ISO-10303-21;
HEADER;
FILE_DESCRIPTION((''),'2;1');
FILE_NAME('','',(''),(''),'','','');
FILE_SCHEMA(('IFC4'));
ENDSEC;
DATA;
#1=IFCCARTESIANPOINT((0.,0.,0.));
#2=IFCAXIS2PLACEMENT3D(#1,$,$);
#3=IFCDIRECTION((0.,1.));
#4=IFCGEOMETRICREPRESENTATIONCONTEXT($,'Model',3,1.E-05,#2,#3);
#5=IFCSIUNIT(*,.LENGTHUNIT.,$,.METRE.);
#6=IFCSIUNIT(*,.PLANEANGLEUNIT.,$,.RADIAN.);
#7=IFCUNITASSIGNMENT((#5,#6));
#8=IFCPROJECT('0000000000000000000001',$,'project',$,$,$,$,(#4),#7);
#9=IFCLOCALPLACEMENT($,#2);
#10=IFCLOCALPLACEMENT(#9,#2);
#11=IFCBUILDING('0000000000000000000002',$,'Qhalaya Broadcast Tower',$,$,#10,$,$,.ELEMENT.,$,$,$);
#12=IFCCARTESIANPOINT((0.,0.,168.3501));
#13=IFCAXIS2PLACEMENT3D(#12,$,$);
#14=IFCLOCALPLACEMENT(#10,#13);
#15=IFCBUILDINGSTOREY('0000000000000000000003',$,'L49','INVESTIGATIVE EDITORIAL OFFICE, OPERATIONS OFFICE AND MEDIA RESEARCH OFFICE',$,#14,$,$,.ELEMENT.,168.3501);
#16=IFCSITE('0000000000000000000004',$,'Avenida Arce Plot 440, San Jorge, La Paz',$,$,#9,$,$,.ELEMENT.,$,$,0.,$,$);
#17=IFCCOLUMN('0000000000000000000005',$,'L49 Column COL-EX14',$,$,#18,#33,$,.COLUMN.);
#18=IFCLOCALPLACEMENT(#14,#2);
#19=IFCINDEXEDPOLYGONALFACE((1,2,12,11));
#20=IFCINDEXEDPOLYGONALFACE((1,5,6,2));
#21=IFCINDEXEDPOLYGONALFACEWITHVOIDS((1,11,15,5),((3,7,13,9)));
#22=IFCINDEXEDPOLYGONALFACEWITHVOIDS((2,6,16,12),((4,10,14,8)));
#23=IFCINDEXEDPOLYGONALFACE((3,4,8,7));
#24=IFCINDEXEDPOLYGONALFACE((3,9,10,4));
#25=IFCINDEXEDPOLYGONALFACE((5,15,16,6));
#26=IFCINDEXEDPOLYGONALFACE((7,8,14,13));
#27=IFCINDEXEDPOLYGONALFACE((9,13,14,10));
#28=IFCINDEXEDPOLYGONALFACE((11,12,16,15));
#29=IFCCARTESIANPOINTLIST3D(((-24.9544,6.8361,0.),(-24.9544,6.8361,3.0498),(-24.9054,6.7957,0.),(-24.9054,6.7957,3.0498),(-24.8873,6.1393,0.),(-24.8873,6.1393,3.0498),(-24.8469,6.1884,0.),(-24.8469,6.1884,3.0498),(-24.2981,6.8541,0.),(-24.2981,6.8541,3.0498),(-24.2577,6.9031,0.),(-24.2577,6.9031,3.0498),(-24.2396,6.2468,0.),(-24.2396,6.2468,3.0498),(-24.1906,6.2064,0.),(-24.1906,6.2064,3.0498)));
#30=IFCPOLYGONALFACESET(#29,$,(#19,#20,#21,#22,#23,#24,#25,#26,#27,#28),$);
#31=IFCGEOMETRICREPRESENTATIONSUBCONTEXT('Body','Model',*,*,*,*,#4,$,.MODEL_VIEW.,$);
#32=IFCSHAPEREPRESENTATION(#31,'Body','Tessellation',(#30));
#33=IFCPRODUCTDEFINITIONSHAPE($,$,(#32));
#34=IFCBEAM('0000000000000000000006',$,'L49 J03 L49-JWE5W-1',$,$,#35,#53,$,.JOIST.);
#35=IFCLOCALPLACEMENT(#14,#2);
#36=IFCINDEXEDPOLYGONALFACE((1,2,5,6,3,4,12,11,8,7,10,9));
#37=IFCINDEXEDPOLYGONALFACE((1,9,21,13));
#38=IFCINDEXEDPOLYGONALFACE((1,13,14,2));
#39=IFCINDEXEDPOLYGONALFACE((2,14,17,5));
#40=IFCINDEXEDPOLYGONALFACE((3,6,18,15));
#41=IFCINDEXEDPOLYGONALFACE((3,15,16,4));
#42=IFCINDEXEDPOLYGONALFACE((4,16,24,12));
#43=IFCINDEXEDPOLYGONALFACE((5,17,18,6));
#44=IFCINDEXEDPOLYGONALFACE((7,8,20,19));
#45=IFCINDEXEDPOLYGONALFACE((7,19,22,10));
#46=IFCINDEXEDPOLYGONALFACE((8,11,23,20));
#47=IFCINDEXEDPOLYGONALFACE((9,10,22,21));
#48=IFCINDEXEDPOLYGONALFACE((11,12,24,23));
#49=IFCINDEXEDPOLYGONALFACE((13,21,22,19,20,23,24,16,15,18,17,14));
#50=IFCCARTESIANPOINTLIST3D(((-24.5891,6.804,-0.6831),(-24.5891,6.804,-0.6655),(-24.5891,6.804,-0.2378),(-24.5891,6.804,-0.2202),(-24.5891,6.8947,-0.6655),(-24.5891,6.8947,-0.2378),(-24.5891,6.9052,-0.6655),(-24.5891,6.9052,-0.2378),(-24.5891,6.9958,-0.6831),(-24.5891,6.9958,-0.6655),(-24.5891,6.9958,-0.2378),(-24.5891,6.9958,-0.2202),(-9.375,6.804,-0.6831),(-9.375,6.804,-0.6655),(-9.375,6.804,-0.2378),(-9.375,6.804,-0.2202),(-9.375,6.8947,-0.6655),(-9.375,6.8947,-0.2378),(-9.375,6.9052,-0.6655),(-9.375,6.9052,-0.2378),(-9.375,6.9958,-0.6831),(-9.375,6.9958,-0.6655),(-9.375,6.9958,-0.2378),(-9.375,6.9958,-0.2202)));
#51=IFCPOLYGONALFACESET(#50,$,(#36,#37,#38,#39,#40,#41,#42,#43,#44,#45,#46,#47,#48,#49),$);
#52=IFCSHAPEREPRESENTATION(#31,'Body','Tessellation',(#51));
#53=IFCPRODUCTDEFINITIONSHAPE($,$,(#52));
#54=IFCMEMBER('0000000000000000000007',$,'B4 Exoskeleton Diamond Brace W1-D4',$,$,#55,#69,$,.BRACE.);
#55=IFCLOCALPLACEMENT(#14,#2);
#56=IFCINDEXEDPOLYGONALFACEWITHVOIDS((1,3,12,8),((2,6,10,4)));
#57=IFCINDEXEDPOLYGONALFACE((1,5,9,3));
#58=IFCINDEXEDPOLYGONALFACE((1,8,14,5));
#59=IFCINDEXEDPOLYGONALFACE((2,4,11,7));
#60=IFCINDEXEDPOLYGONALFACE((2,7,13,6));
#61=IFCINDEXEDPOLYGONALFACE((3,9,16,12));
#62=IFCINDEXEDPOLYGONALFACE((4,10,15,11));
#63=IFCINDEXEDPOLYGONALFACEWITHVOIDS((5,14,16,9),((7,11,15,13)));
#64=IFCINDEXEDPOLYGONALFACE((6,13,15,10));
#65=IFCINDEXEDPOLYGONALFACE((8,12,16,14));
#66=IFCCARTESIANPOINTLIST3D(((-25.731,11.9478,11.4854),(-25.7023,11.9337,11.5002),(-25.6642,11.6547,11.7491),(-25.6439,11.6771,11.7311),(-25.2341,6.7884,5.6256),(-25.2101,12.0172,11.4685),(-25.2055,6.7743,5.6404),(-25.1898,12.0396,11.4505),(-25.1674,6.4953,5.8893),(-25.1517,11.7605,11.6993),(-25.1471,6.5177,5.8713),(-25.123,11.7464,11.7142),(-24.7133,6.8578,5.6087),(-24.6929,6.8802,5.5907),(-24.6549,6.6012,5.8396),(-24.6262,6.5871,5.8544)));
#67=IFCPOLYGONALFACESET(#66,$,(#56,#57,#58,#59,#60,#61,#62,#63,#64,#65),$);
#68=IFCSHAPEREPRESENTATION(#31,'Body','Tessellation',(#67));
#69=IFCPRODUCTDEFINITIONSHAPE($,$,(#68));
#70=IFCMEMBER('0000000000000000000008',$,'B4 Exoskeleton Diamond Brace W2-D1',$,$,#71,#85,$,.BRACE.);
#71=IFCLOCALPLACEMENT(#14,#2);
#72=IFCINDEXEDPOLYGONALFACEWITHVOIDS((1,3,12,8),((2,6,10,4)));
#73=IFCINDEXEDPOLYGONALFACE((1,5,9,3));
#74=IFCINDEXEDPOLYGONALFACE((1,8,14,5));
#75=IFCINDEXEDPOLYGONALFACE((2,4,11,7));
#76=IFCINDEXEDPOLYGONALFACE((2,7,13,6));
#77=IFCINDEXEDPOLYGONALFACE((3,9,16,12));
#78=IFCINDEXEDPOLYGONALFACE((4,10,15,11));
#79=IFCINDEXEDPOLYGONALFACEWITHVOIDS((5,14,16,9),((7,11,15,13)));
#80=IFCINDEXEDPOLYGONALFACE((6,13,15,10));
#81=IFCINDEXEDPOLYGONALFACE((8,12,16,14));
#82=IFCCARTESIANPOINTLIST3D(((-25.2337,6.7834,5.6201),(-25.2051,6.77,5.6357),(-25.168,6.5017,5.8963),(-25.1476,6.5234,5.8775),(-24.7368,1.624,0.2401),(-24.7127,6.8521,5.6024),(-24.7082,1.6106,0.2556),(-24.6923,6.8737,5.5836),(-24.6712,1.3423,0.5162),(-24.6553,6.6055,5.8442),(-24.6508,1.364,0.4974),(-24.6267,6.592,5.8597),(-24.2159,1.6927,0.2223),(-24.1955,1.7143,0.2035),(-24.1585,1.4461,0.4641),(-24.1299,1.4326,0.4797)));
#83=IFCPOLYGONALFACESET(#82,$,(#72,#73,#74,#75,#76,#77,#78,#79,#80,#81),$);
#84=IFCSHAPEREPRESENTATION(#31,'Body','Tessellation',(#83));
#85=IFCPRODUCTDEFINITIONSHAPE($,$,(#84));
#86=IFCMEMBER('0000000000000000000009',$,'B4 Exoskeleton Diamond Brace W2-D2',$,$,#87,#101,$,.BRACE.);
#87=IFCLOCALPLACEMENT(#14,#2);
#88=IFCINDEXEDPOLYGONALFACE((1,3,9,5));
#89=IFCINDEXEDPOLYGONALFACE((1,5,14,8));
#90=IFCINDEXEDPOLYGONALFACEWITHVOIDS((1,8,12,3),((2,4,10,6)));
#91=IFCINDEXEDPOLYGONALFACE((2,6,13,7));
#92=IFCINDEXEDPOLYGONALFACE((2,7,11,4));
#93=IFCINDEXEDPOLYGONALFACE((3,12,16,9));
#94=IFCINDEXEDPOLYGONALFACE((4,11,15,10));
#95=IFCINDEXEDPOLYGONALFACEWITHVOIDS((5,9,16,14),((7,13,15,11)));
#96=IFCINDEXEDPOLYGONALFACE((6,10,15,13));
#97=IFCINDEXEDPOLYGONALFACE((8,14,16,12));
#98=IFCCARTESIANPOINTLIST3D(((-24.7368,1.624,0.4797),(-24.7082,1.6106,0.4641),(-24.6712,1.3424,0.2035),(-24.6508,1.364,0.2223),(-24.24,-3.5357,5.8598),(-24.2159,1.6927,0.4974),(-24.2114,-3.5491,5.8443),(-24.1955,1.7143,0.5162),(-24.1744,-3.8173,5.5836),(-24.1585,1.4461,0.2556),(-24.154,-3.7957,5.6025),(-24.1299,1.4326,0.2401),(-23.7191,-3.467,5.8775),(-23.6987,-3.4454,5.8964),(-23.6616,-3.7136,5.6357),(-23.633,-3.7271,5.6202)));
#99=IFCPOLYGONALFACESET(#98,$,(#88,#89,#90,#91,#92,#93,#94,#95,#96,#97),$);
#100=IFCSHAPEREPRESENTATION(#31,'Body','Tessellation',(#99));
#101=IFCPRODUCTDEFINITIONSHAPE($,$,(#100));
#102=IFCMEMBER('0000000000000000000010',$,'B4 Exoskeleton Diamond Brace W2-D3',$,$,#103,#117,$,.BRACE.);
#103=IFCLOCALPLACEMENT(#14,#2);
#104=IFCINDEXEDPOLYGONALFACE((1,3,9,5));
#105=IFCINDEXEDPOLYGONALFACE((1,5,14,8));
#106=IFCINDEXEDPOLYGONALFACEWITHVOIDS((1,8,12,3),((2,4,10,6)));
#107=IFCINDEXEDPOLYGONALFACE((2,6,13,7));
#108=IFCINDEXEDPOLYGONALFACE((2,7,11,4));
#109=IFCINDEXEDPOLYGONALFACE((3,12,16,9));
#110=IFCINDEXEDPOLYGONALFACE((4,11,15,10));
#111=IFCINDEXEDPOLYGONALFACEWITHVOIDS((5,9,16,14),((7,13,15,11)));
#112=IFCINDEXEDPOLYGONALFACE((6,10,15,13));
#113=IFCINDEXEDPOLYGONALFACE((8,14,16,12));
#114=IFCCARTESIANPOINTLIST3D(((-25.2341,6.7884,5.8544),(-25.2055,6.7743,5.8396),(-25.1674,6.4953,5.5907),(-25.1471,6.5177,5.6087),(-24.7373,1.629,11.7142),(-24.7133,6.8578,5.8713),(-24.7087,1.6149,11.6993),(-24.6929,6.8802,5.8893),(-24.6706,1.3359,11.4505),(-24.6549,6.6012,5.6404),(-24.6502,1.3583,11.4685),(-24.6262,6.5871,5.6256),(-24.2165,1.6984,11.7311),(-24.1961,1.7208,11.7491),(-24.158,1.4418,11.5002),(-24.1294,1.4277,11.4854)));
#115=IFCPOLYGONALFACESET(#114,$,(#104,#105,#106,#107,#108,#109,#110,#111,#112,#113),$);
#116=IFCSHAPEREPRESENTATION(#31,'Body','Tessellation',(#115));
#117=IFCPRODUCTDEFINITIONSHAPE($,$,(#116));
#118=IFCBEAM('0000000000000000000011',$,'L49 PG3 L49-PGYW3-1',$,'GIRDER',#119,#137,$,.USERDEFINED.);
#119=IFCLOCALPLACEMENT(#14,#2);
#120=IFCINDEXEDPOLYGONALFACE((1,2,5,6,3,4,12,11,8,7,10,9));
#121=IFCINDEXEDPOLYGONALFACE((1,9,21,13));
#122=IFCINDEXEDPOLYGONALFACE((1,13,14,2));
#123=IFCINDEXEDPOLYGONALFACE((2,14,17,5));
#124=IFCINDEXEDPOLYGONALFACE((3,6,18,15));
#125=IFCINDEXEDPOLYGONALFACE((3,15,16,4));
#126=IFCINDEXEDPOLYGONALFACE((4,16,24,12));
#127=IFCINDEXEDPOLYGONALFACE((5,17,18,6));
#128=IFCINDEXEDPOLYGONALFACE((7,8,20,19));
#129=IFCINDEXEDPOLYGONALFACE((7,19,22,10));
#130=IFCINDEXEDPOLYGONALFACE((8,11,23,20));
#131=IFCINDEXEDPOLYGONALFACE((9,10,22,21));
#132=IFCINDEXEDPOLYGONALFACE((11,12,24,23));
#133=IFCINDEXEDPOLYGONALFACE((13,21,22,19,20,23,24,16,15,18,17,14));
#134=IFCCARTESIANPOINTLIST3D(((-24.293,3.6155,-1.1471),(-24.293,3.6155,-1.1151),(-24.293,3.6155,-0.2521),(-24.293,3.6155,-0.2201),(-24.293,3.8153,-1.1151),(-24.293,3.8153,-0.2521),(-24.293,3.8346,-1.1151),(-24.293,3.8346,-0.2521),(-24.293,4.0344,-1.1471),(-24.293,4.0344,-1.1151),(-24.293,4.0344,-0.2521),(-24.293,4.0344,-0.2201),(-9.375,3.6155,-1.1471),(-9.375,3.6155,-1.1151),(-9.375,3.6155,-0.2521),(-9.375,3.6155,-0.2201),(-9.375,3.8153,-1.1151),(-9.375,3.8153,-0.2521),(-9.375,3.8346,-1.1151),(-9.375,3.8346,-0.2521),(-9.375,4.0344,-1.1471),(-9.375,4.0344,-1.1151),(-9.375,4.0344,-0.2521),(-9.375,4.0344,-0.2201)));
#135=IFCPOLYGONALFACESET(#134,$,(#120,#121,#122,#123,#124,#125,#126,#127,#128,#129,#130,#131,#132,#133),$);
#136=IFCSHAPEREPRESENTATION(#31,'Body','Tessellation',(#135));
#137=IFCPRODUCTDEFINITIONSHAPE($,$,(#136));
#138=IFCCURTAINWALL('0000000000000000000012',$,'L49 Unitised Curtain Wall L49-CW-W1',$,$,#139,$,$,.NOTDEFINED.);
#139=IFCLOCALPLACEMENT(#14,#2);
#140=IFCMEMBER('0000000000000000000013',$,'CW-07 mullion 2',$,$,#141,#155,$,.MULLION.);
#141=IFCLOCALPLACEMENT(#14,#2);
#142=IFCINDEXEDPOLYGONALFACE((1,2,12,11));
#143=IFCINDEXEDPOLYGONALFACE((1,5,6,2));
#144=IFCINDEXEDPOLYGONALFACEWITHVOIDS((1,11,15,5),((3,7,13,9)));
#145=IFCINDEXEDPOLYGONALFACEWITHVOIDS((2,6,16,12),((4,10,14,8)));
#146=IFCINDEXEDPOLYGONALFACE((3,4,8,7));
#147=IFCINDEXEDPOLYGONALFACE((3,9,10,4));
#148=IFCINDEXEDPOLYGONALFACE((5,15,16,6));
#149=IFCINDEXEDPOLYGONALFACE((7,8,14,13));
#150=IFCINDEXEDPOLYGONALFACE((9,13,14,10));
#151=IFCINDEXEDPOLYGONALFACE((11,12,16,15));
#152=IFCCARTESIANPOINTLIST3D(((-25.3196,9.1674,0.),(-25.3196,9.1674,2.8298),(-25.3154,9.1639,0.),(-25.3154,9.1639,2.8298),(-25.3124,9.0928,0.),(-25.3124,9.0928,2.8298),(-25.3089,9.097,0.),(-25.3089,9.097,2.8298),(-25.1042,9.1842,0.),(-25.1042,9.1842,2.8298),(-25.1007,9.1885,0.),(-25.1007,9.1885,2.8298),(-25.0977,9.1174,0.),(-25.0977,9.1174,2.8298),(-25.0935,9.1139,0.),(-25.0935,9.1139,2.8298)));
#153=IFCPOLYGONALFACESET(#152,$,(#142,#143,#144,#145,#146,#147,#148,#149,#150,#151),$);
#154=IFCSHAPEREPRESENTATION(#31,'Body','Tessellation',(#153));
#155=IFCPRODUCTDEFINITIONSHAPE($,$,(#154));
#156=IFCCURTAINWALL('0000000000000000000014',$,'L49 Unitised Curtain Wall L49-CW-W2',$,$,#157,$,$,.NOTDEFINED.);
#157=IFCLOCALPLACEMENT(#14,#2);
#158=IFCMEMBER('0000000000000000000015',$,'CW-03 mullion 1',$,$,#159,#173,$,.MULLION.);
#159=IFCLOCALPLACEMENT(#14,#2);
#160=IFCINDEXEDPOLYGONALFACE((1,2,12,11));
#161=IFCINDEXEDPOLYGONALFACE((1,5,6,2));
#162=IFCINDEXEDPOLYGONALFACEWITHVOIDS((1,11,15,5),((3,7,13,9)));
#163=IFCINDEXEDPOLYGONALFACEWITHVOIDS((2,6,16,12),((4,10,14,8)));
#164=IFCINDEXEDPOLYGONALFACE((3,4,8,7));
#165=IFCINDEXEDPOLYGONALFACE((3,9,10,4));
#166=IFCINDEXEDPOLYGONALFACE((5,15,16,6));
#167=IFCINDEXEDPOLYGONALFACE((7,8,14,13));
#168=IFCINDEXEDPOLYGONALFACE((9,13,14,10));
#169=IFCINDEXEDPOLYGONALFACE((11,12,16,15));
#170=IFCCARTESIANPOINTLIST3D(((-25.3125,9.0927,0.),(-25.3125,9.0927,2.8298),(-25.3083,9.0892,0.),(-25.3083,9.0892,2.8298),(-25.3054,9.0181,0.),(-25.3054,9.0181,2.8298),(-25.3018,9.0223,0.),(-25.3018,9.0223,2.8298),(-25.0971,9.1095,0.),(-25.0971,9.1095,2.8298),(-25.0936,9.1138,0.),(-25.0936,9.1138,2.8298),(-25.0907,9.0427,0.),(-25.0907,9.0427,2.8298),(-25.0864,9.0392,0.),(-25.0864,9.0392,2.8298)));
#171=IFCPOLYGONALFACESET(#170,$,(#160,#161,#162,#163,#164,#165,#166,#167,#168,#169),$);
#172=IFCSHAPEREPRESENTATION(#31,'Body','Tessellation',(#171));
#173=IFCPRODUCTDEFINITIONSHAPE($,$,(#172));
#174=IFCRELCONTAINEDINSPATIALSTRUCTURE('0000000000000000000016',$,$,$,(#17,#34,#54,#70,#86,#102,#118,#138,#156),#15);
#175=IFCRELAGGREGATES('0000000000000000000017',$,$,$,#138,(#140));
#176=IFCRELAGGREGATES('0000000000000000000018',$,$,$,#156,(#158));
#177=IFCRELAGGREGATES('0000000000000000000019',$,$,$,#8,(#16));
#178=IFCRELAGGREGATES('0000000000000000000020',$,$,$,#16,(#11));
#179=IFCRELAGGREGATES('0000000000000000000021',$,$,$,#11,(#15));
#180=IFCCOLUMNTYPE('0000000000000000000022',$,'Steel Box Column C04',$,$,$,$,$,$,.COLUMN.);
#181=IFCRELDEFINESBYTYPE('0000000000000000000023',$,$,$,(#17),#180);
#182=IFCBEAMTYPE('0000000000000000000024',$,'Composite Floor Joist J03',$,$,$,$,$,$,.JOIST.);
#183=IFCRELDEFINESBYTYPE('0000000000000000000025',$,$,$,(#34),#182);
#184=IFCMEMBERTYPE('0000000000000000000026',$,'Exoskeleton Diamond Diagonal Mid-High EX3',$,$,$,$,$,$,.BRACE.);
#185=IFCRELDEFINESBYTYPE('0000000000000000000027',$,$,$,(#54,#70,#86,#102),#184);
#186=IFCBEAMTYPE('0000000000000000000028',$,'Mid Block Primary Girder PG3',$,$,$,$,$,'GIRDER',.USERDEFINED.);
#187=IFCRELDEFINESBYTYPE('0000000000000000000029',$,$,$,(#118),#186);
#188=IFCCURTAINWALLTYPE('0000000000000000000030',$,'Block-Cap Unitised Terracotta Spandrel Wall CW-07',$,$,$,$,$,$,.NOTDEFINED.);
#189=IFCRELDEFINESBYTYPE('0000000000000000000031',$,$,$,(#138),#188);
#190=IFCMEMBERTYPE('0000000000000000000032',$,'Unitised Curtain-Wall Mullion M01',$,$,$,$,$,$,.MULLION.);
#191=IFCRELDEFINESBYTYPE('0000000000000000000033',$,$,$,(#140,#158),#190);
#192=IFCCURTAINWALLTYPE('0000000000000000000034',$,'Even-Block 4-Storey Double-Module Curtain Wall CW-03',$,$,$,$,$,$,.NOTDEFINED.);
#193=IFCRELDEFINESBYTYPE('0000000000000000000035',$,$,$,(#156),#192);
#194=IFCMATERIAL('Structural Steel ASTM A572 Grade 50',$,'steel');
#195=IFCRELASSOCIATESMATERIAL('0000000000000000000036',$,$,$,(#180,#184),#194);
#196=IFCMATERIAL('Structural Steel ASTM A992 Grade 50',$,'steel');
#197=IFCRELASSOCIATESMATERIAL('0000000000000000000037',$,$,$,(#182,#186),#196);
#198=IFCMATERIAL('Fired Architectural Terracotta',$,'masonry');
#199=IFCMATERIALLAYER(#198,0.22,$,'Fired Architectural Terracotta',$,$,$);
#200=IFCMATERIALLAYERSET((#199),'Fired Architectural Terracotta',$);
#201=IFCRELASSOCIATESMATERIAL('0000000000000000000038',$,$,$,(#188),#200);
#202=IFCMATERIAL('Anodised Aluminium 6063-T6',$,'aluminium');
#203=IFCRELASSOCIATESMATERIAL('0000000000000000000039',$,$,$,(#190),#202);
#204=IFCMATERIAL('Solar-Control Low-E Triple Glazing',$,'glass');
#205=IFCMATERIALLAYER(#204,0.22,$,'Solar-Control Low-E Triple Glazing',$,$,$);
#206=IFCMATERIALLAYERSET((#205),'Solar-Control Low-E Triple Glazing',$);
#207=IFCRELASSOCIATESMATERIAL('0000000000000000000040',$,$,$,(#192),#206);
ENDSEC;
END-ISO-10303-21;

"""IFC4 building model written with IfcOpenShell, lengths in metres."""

from ifc_helpers import new_model, si_unit, direction, frame, origin, origin_2d, place, context, subcontext, project, spatial, hollow_rectangle, i_section, extrude, material, layer, layer_set, material_profile, profile_set, type_object, element, aggregate, save


model = new_model("IFC4")

# Units and contexts
model_context = context("Model", 3, precision=1e-05, world=origin(), true_north=direction((0.0, 1.0)))
body_context = subcontext(model_context, "Body", "Model", "MODEL_VIEW")
ifc_project = project(units=[si_unit("LENGTHUNIT", "METRE"), si_unit("PLANEANGLEUNIT", "RADIAN")], contexts=[model_context])

# Site, building, storey
site_placement = place(None, origin())
site = spatial("IfcSite", under=ifc_project, at=site_placement, Name="Avenida Arce Plot 440, San Jorge, La Paz", CompositionType="ELEMENT", RefElevation=0.0)
building_placement = place(site_placement, origin())
building = spatial("IfcBuilding", under=site, at=building_placement, Name="Qhalaya Broadcast Tower", CompositionType="ELEMENT")
storey_placement = place(building_placement, frame((0.0, 0.0, 168.3501)))
storey = spatial("IfcBuildingStorey", under=building, at=storey_placement, Name="L49", Description="INVESTIGATIVE EDITORIAL OFFICE, OPERATIONS OFFICE AND MEDIA RESEARCH OFFICE", CompositionType="ELEMENT", Elevation=168.3501)

# Column
ifc_material_1 = material(Name="Structural Steel ASTM A572 Grade 50", Category="steel")
ifc_material_profile_1 = material_profile(ifc_material_1, hollow_rectangle(XDim=0.7, YDim=0.7, WallThickness=0.0449, at=origin_2d()), Name="BOX 700x700x45")
ifc_profile_set_1 = profile_set([ifc_material_profile_1], Name="Structural Steel ASTM A572 Grade 50")
column_type = type_object("IfcColumnType", Name="Steel Box Column C04", PredefinedType="COLUMN", material=ifc_profile_set_1)
column_placement = place(storey_placement, frame((-24.5725, 6.5212, 0.0), z_axis=(0.0, 0.0, 1.0), x_axis=(-0.095846, 0.995396, 0.0)))
element("IfcColumn", 1, at=column_placement, inside=storey, type_object=column_type, Name="L49 Column COL-EX14", PredefinedType="COLUMN", context=body_context, shape_type="SweptSolid", body=[
    extrude(hollow_rectangle(XDim=0.7, YDim=0.7, WallThickness=0.0449, at=origin_2d()), origin(), (0.0, 0.0, 1.0), 3.0498),
])

# Beam
ifc_material_2 = material(Name="Structural Steel ASTM A992 Grade 50", Category="steel")
ifc_material_profile_2 = material_profile(ifc_material_2, i_section(OverallWidth=0.1919, OverallDepth=0.4629, WebThickness=0.0105, FlangeThickness=0.0176, at=origin_2d()), Name="W18X60")
ifc_profile_set_2 = profile_set([ifc_material_profile_2], Name="Structural Steel ASTM A992 Grade 50")
beam_type_1 = type_object("IfcBeamType", Name="Composite Floor Joist J03", PredefinedType="JOIST", material=ifc_profile_set_2)
beam_1_placement = place(storey_placement, frame((-24.5891, 6.8999, -0.4517), z_axis=(1.0, 0.0, 0.0), x_axis=(0.0, 1.0, 0.0)))
element("IfcBeam", 2, at=beam_1_placement, inside=storey, type_object=beam_type_1, Name="L49 J03 L49-JWE5W-1", PredefinedType="JOIST", context=body_context, shape_type="SweptSolid", body=[
    extrude(i_section(OverallWidth=0.1919, OverallDepth=0.4629, WebThickness=0.0105, FlangeThickness=0.0176, at=origin_2d()), origin(), (0.0, 0.0, 1.0), 15.2141),
])

# Members
ifc_material_profile_3 = material_profile(ifc_material_1, hollow_rectangle(XDim=0.3999, YDim=0.55, WallThickness=0.0249, at=origin_2d()), Name="BOX 400x550x25")
ifc_profile_set_3 = profile_set([ifc_material_profile_3], Name="Structural Steel ASTM A572 Grade 50")
member_type_1 = type_object("IfcMemberType", Name="Exoskeleton Diamond Diagonal Mid-High EX3", PredefinedType="BRACE", material=ifc_profile_set_3)
member_1_placement = place(storey_placement, frame((-24.9302, 6.6877, 5.74), z_axis=(-0.063506, 0.659492, 0.749024), x_axis=(0.166869, -0.732956, 0.659492)))
element("IfcMember", 3, at=member_1_placement, inside=storey, type_object=member_type_1, Name="B4 Exoskeleton Diamond Brace W1-D4", PredefinedType="BRACE", context=body_context, shape_type="SweptSolid", body=[
    extrude(hollow_rectangle(XDim=0.3999, YDim=0.55, WallThickness=0.0249, at=origin_2d()), origin(), (0.0, 0.0, 1.0), 7.8232),
])
member_2_placement = place(storey_placement, frame((-24.4333, 1.5283, 0.3599), z_axis=(-0.066503, 0.690616, 0.720158), x_axis=(0.164115, -0.704355, 0.690616)))
element("IfcMember", 4, at=member_2_placement, inside=storey, type_object=member_type_1, Name="B4 Exoskeleton Diamond Brace W2-D1", PredefinedType="BRACE", context=body_context, shape_type="SweptSolid", body=[
    extrude(hollow_rectangle(XDim=0.3999, YDim=0.55, WallThickness=0.0249, at=origin_2d()), origin(), (0.0, 0.0, 1.0), 7.4707),
])
member_3_placement = place(storey_placement, frame((-24.4333, 1.5283, 0.3599), z_axis=(0.066501, -0.690633, 0.720142), x_axis=(-0.16411, 0.70434, 0.690633)))
element("IfcMember", 5, at=member_3_placement, inside=storey, type_object=member_type_1, Name="B4 Exoskeleton Diamond Brace W2-D2", PredefinedType="BRACE", context=body_context, shape_type="SweptSolid", body=[
    extrude(hollow_rectangle(XDim=0.3999, YDim=0.55, WallThickness=0.0249, at=origin_2d()), origin(), (0.0, 0.0, 1.0), 7.4709),
])
member_4_placement = place(storey_placement, frame((-24.9302, 6.6877, 5.74), z_axis=(0.063506, -0.659492, 0.749024), x_axis=(-0.166869, 0.732956, 0.659492)))
element("IfcMember", 6, at=member_4_placement, inside=storey, type_object=member_type_1, Name="B4 Exoskeleton Diamond Brace W2-D3", PredefinedType="BRACE", context=body_context, shape_type="SweptSolid", body=[
    extrude(hollow_rectangle(XDim=0.3999, YDim=0.55, WallThickness=0.0249, at=origin_2d()), origin(), (0.0, 0.0, 1.0), 7.8232),
])

# Beam
ifc_material_profile_4 = material_profile(ifc_material_2, i_section(OverallWidth=0.4189, OverallDepth=0.927, WebThickness=0.0193, FlangeThickness=0.032, at=origin_2d()), Name="W36X231")
ifc_profile_set_4 = profile_set([ifc_material_profile_4], Name="Structural Steel ASTM A992 Grade 50")
beam_type_2 = type_object("IfcBeamType", Name="Mid Block Primary Girder PG3", ElementType="GIRDER", PredefinedType="USERDEFINED", material=ifc_profile_set_4)
beam_2_placement = place(storey_placement, frame((-24.293, 3.825, -0.6836), z_axis=(1.0, 0.0, 0.0), x_axis=(0.0, 1.0, 0.0)))
element("IfcBeam", 7, at=beam_2_placement, inside=storey, type_object=beam_type_2, Name="L49 PG3 L49-PGYW3-1", ObjectType="GIRDER", PredefinedType="USERDEFINED", context=body_context, shape_type="SweptSolid", body=[
    extrude(i_section(OverallWidth=0.4189, OverallDepth=0.927, WebThickness=0.0193, FlangeThickness=0.032, at=origin_2d()), origin(), (0.0, 0.0, 1.0), 14.918),
])

# Curtain wall, member
ifc_material_3 = material(Name="Fired Architectural Terracotta", Category="masonry")
ifc_layer_1 = layer(ifc_material_3, 0.22, Name="Fired Architectural Terracotta")
ifc_layer_set_1 = layer_set([ifc_layer_1], Name="Fired Architectural Terracotta")
curtain_wall_type_1 = type_object("IfcCurtainWallType", Name="Block-Cap Unitised Terracotta Spandrel Wall CW-07", PredefinedType="NOTDEFINED", material=ifc_layer_set_1)
curtain_wall_1_placement = place(storey_placement, origin())
curtain_wall_1 = element("IfcCurtainWall", 8, at=curtain_wall_1_placement, inside=storey, type_object=curtain_wall_type_1, Name="L49 Unitised Curtain Wall L49-CW-W1", PredefinedType="NOTDEFINED")
ifc_material_4 = material(Name="Anodised Aluminium 6063-T6", Category="aluminium")
ifc_material_profile_5 = material_profile(ifc_material_4, hollow_rectangle(XDim=0.075, YDim=0.22, WallThickness=0.0039, at=origin_2d()), Name="ALU-MUL 75x220x4")
ifc_profile_set_5 = profile_set([ifc_material_profile_5], Name="Anodised Aluminium 6063-T6")
member_type_2 = type_object("IfcMemberType", Name="Unitised Curtain-Wall Mullion M01", PredefinedType="MULLION", material=ifc_profile_set_5)
member_5_placement = place(storey_placement, frame((-25.2065, 9.1406, 0.0), z_axis=(0.0, 0.0, 1.0), x_axis=(0.095842, -0.995397, 0.0)))
member_5 = element("IfcMember", 9, at=member_5_placement, type_object=member_type_2, Name="CW-07 mullion 2", PredefinedType="MULLION", context=body_context, shape_type="SweptSolid", body=[
    extrude(hollow_rectangle(XDim=0.075, YDim=0.22, WallThickness=0.0039, at=origin_2d()), origin(), (0.0, 0.0, 1.0), 2.8298),
])
aggregate(curtain_wall_1, [member_5])

# Curtain wall, member
ifc_material_5 = material(Name="Solar-Control Low-E Triple Glazing", Category="glass")
ifc_layer_2 = layer(ifc_material_5, 0.22, Name="Solar-Control Low-E Triple Glazing")
ifc_layer_set_2 = layer_set([ifc_layer_2], Name="Solar-Control Low-E Triple Glazing")
curtain_wall_type_2 = type_object("IfcCurtainWallType", Name="Even-Block 4-Storey Double-Module Curtain Wall CW-03", PredefinedType="NOTDEFINED", material=ifc_layer_set_2)
curtain_wall_2_placement = place(storey_placement, origin())
curtain_wall_2 = element("IfcCurtainWall", 10, at=curtain_wall_2_placement, inside=storey, type_object=curtain_wall_type_2, Name="L49 Unitised Curtain Wall L49-CW-W2", PredefinedType="NOTDEFINED")
member_6_placement = place(storey_placement, frame((-25.1995, 9.0659, 0.0), z_axis=(0.0, 0.0, 1.0), x_axis=(0.095845, -0.995396, 0.0)))
member_6 = element("IfcMember", 11, at=member_6_placement, type_object=member_type_2, Name="CW-03 mullion 1", PredefinedType="MULLION", context=body_context, shape_type="SweptSolid", body=[
    extrude(hollow_rectangle(XDim=0.075, YDim=0.22, WallThickness=0.0039, at=origin_2d()), origin(), (0.0, 0.0, 1.0), 2.8298),
])

aggregate(curtain_wall_2, [member_6])

save(model, "model.ifc")
